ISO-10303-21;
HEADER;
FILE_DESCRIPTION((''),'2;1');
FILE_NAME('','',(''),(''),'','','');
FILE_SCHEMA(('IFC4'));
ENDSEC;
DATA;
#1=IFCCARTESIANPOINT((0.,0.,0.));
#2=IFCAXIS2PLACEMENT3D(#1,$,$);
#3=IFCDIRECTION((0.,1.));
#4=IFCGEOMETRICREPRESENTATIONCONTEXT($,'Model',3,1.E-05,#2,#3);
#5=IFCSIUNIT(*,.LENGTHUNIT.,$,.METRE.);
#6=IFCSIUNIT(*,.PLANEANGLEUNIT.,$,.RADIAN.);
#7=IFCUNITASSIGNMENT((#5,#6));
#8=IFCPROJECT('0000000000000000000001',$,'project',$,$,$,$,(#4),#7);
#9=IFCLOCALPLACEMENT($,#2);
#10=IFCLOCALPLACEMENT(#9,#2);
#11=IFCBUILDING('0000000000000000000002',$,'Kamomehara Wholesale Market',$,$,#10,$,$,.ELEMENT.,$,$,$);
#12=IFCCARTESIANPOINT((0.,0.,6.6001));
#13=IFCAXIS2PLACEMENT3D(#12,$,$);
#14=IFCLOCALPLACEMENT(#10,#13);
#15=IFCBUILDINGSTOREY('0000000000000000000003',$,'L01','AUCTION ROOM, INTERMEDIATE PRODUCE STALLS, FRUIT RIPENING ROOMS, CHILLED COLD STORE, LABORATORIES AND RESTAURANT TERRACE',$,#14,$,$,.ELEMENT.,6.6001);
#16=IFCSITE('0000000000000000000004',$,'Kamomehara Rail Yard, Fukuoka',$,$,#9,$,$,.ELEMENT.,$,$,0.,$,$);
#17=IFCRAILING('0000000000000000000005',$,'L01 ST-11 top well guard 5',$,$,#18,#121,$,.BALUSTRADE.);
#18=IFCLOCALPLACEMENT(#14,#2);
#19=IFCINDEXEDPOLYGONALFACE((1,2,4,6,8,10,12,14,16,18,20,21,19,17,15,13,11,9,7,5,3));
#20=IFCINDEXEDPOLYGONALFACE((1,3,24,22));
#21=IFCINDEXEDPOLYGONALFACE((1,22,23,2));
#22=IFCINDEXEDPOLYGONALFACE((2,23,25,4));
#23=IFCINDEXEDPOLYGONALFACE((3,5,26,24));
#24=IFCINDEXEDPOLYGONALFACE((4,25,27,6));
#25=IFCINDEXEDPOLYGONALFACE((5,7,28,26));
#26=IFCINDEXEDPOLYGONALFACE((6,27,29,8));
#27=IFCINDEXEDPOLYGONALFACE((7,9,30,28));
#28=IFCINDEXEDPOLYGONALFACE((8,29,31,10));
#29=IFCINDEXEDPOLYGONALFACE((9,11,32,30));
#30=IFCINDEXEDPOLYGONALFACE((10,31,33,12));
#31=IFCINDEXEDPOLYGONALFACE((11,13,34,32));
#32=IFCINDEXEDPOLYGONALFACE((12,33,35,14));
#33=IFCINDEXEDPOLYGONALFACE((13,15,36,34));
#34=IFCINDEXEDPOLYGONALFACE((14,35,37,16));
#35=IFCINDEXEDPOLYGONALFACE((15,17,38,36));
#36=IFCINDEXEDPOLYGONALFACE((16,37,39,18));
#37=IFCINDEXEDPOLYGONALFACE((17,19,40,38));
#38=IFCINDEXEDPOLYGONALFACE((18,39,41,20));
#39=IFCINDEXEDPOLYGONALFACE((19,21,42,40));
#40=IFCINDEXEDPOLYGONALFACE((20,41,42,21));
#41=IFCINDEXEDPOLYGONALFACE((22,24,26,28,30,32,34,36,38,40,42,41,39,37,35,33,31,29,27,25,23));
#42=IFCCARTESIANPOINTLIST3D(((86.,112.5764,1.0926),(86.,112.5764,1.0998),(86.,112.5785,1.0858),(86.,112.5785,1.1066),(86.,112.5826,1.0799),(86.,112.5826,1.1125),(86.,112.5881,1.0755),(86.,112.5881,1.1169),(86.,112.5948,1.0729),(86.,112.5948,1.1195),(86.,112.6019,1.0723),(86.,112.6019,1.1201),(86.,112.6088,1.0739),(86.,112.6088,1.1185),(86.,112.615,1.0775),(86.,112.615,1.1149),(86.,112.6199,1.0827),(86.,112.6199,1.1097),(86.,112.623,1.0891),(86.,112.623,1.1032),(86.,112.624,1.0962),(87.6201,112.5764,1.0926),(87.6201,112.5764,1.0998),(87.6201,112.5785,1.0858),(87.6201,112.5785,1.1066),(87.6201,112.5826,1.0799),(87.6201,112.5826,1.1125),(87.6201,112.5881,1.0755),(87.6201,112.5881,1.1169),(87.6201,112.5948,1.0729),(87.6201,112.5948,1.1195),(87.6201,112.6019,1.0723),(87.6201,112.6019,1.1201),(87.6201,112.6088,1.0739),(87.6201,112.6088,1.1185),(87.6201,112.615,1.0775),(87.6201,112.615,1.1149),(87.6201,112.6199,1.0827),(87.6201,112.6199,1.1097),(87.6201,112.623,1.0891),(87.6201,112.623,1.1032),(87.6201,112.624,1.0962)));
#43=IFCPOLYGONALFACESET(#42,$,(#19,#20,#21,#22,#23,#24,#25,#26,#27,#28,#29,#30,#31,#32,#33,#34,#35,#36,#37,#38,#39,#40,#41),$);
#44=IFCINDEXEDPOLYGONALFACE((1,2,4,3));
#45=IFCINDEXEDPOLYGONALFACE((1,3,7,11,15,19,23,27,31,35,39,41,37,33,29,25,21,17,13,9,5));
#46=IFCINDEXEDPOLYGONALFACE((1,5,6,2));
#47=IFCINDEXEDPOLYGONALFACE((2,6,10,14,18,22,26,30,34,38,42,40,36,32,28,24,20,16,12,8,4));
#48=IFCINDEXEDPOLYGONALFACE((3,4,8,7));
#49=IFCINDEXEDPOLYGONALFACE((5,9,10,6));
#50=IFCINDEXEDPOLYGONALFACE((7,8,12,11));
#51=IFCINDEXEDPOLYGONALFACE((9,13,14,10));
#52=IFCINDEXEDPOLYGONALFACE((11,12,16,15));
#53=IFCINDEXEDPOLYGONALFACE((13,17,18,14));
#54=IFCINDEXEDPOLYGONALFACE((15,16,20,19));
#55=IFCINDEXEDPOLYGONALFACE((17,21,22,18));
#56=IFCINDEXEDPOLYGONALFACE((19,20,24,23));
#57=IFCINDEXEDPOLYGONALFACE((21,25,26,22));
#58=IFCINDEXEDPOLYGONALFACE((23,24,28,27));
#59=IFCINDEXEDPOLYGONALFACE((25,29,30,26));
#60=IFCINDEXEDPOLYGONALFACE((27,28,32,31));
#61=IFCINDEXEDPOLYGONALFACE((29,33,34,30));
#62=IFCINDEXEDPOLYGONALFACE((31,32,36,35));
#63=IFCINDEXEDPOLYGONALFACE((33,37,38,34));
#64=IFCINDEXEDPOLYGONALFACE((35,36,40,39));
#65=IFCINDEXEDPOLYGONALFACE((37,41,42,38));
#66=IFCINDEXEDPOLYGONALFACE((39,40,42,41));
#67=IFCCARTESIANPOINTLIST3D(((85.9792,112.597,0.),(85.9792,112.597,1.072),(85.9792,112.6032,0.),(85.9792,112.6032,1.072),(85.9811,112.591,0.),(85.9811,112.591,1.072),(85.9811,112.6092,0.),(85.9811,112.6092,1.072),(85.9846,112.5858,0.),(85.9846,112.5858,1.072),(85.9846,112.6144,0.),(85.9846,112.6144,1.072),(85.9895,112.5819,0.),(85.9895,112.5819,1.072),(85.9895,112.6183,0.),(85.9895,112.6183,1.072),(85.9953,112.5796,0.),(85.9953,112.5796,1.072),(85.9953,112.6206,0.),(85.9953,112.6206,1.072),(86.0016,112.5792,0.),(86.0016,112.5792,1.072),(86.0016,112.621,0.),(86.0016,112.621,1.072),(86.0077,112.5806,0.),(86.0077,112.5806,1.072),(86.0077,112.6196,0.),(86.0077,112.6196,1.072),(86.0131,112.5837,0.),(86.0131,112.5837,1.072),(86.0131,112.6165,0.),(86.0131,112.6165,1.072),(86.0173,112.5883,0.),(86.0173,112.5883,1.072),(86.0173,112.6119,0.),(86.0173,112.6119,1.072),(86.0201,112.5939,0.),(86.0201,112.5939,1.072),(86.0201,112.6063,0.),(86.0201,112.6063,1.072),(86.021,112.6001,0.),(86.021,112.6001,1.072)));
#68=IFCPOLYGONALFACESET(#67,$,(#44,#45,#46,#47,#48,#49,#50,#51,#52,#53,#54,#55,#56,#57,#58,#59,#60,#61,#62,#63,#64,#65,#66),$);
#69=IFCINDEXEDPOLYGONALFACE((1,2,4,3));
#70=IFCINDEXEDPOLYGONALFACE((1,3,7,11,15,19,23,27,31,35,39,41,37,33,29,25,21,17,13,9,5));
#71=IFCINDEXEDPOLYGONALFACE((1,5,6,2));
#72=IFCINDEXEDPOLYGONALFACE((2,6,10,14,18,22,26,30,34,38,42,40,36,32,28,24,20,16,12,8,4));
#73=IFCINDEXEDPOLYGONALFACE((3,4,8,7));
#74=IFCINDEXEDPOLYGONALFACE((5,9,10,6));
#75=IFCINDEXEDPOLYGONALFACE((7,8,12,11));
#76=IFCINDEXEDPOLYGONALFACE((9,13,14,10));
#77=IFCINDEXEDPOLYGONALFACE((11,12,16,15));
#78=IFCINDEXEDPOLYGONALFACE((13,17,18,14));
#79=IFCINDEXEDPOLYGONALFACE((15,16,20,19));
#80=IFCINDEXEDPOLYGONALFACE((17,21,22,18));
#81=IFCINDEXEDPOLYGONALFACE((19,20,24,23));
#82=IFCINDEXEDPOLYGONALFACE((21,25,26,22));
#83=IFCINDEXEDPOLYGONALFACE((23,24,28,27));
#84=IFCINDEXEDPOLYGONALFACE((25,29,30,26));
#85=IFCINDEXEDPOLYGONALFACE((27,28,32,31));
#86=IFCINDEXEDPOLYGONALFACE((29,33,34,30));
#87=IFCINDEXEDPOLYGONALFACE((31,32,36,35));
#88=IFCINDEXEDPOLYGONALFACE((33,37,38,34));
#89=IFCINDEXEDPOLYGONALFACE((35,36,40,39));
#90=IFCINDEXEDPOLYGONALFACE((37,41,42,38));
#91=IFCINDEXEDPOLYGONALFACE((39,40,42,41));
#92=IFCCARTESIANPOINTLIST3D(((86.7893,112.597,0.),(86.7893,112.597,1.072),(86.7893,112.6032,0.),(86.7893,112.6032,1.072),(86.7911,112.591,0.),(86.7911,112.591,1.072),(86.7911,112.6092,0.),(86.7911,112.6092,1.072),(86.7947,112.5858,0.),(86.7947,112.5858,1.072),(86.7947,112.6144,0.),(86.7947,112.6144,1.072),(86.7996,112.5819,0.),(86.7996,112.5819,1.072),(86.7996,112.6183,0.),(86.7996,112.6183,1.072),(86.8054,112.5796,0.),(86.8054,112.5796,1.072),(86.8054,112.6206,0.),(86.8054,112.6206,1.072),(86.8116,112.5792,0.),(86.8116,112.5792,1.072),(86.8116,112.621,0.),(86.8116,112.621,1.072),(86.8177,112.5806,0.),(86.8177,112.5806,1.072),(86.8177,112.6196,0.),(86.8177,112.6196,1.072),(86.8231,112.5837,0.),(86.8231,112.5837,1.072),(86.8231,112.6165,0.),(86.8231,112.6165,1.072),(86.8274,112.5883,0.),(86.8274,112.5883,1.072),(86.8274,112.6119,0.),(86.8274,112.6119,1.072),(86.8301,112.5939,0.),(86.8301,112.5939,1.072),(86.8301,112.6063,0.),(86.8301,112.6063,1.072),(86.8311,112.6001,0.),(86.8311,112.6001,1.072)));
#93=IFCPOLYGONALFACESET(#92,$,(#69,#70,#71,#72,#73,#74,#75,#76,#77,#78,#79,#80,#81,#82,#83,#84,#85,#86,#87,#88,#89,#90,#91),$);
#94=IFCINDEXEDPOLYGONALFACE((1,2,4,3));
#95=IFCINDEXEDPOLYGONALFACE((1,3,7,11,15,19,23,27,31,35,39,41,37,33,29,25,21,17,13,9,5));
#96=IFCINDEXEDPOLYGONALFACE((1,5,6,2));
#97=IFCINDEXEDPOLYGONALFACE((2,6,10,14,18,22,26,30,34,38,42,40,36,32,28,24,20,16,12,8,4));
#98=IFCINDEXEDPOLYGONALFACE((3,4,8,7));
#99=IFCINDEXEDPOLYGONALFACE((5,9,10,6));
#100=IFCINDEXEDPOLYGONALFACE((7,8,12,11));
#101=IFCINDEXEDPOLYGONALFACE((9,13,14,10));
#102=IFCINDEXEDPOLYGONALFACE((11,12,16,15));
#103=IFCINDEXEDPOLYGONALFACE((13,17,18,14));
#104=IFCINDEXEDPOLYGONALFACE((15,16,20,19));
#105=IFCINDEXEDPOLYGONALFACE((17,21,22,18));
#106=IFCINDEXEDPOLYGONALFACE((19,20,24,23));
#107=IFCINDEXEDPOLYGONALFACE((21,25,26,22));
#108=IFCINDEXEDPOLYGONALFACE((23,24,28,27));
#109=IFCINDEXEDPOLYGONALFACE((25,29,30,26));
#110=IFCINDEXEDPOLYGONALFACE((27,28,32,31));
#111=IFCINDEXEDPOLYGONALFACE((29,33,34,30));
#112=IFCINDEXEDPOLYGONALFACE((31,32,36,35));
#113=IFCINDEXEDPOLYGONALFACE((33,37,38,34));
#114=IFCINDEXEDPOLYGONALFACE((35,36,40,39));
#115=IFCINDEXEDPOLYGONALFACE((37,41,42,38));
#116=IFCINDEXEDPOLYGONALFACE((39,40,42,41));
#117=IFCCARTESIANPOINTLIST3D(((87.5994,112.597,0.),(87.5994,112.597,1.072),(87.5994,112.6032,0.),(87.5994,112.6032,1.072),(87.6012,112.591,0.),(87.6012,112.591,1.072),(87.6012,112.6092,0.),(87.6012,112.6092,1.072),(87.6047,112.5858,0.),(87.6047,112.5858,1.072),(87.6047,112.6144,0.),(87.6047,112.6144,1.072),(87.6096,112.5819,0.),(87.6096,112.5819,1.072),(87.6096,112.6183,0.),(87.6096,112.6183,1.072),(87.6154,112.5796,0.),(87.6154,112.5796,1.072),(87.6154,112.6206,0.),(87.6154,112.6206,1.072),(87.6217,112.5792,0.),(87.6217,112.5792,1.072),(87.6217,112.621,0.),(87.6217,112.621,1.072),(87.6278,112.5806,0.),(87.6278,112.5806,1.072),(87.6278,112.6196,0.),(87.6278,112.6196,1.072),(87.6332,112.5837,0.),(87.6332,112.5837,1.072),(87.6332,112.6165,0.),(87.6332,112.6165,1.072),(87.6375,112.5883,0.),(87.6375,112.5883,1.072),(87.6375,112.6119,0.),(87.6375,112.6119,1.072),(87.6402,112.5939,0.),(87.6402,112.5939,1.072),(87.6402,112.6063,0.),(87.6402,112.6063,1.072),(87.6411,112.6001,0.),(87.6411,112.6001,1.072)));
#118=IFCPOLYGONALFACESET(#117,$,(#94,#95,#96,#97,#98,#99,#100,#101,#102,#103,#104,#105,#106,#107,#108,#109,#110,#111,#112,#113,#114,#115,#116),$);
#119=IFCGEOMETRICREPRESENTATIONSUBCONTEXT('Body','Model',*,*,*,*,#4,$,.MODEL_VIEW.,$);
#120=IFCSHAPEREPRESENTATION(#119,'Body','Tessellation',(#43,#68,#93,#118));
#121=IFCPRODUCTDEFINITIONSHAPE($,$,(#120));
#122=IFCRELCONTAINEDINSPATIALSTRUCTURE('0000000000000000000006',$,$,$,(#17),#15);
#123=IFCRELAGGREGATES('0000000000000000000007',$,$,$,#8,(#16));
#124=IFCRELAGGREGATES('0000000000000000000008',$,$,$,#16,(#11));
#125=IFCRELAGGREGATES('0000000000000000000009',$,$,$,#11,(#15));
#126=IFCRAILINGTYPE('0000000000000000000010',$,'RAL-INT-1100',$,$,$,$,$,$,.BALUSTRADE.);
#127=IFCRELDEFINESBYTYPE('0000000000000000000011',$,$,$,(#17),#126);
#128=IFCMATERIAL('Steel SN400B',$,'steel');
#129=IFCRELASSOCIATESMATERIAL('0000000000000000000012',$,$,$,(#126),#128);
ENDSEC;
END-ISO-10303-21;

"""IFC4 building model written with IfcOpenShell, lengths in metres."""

from ifc_helpers import new_model, si_unit, direction, frame, origin, origin_2d, place, context, subcontext, project, spatial, circle, extrude, material, type_object, element, save


model = new_model("IFC4")

# Units and contexts
model_context = context("Model", 3, precision=1e-05, world=origin(), true_north=direction((0.0, 1.0)))
body_context = subcontext(model_context, "Body", "Model", "MODEL_VIEW")
ifc_project = project(units=[si_unit("LENGTHUNIT", "METRE"), si_unit("PLANEANGLEUNIT", "RADIAN")], contexts=[model_context])

# Site, building, storey
site_placement = place(None, origin())
site = spatial("IfcSite", under=ifc_project, at=site_placement, Name="Kamomehara Rail Yard, Fukuoka", CompositionType="ELEMENT", RefElevation=0.0)
building_placement = place(site_placement, origin())
building = spatial("IfcBuilding", under=site, at=building_placement, Name="Kamomehara Wholesale Market", CompositionType="ELEMENT")
storey_placement = place(building_placement, frame((0.0, 0.0, 6.6001)))
storey = spatial("IfcBuildingStorey", under=building, at=storey_placement, Name="L01", Description="AUCTION ROOM, INTERMEDIATE PRODUCE STALLS, FRUIT RIPENING ROOMS, CHILLED COLD STORE, LABORATORIES AND RESTAURANT TERRACE", CompositionType="ELEMENT", Elevation=6.6001)

# Railing
ifc_material_1 = material(Name="Steel SN400B", Category="steel")
railing_type = type_object("IfcRailingType", Name="RAL-INT-1100", PredefinedType="BALUSTRADE", material=ifc_material_1)
railing_placement = place(storey_placement, frame((86.0, 112.6001, 0.0)))
element("IfcRailing", 1, at=railing_placement, inside=storey, type_object=railing_type, Name="L01 ST-11 top well guard 5", PredefinedType="BALUSTRADE", context=body_context, shape_type="SweptSolid", body=[
    extrude(circle(Radius=0.0239, at=origin_2d()), frame((0.0, 0.0, 1.0962), z_axis=(1.0, 0.0, 0.0), x_axis=(0.0, 1.0, 0.0)), (0.0, 0.0, 1.0), 1.6201),
    extrude(circle(Radius=0.021, at=origin_2d()), origin(), (0.0, 0.0, 1.0), 1.072),
    extrude(circle(Radius=0.021, at=origin_2d()), frame((0.8101, 0.0, 0.0)), (0.0, 0.0, 1.0), 1.072),
    extrude(circle(Radius=0.021, at=origin_2d()), frame((1.6201, 0.0, 0.0)), (0.0, 0.0, 1.0), 1.072),
])

save(model, "model.ifc")
